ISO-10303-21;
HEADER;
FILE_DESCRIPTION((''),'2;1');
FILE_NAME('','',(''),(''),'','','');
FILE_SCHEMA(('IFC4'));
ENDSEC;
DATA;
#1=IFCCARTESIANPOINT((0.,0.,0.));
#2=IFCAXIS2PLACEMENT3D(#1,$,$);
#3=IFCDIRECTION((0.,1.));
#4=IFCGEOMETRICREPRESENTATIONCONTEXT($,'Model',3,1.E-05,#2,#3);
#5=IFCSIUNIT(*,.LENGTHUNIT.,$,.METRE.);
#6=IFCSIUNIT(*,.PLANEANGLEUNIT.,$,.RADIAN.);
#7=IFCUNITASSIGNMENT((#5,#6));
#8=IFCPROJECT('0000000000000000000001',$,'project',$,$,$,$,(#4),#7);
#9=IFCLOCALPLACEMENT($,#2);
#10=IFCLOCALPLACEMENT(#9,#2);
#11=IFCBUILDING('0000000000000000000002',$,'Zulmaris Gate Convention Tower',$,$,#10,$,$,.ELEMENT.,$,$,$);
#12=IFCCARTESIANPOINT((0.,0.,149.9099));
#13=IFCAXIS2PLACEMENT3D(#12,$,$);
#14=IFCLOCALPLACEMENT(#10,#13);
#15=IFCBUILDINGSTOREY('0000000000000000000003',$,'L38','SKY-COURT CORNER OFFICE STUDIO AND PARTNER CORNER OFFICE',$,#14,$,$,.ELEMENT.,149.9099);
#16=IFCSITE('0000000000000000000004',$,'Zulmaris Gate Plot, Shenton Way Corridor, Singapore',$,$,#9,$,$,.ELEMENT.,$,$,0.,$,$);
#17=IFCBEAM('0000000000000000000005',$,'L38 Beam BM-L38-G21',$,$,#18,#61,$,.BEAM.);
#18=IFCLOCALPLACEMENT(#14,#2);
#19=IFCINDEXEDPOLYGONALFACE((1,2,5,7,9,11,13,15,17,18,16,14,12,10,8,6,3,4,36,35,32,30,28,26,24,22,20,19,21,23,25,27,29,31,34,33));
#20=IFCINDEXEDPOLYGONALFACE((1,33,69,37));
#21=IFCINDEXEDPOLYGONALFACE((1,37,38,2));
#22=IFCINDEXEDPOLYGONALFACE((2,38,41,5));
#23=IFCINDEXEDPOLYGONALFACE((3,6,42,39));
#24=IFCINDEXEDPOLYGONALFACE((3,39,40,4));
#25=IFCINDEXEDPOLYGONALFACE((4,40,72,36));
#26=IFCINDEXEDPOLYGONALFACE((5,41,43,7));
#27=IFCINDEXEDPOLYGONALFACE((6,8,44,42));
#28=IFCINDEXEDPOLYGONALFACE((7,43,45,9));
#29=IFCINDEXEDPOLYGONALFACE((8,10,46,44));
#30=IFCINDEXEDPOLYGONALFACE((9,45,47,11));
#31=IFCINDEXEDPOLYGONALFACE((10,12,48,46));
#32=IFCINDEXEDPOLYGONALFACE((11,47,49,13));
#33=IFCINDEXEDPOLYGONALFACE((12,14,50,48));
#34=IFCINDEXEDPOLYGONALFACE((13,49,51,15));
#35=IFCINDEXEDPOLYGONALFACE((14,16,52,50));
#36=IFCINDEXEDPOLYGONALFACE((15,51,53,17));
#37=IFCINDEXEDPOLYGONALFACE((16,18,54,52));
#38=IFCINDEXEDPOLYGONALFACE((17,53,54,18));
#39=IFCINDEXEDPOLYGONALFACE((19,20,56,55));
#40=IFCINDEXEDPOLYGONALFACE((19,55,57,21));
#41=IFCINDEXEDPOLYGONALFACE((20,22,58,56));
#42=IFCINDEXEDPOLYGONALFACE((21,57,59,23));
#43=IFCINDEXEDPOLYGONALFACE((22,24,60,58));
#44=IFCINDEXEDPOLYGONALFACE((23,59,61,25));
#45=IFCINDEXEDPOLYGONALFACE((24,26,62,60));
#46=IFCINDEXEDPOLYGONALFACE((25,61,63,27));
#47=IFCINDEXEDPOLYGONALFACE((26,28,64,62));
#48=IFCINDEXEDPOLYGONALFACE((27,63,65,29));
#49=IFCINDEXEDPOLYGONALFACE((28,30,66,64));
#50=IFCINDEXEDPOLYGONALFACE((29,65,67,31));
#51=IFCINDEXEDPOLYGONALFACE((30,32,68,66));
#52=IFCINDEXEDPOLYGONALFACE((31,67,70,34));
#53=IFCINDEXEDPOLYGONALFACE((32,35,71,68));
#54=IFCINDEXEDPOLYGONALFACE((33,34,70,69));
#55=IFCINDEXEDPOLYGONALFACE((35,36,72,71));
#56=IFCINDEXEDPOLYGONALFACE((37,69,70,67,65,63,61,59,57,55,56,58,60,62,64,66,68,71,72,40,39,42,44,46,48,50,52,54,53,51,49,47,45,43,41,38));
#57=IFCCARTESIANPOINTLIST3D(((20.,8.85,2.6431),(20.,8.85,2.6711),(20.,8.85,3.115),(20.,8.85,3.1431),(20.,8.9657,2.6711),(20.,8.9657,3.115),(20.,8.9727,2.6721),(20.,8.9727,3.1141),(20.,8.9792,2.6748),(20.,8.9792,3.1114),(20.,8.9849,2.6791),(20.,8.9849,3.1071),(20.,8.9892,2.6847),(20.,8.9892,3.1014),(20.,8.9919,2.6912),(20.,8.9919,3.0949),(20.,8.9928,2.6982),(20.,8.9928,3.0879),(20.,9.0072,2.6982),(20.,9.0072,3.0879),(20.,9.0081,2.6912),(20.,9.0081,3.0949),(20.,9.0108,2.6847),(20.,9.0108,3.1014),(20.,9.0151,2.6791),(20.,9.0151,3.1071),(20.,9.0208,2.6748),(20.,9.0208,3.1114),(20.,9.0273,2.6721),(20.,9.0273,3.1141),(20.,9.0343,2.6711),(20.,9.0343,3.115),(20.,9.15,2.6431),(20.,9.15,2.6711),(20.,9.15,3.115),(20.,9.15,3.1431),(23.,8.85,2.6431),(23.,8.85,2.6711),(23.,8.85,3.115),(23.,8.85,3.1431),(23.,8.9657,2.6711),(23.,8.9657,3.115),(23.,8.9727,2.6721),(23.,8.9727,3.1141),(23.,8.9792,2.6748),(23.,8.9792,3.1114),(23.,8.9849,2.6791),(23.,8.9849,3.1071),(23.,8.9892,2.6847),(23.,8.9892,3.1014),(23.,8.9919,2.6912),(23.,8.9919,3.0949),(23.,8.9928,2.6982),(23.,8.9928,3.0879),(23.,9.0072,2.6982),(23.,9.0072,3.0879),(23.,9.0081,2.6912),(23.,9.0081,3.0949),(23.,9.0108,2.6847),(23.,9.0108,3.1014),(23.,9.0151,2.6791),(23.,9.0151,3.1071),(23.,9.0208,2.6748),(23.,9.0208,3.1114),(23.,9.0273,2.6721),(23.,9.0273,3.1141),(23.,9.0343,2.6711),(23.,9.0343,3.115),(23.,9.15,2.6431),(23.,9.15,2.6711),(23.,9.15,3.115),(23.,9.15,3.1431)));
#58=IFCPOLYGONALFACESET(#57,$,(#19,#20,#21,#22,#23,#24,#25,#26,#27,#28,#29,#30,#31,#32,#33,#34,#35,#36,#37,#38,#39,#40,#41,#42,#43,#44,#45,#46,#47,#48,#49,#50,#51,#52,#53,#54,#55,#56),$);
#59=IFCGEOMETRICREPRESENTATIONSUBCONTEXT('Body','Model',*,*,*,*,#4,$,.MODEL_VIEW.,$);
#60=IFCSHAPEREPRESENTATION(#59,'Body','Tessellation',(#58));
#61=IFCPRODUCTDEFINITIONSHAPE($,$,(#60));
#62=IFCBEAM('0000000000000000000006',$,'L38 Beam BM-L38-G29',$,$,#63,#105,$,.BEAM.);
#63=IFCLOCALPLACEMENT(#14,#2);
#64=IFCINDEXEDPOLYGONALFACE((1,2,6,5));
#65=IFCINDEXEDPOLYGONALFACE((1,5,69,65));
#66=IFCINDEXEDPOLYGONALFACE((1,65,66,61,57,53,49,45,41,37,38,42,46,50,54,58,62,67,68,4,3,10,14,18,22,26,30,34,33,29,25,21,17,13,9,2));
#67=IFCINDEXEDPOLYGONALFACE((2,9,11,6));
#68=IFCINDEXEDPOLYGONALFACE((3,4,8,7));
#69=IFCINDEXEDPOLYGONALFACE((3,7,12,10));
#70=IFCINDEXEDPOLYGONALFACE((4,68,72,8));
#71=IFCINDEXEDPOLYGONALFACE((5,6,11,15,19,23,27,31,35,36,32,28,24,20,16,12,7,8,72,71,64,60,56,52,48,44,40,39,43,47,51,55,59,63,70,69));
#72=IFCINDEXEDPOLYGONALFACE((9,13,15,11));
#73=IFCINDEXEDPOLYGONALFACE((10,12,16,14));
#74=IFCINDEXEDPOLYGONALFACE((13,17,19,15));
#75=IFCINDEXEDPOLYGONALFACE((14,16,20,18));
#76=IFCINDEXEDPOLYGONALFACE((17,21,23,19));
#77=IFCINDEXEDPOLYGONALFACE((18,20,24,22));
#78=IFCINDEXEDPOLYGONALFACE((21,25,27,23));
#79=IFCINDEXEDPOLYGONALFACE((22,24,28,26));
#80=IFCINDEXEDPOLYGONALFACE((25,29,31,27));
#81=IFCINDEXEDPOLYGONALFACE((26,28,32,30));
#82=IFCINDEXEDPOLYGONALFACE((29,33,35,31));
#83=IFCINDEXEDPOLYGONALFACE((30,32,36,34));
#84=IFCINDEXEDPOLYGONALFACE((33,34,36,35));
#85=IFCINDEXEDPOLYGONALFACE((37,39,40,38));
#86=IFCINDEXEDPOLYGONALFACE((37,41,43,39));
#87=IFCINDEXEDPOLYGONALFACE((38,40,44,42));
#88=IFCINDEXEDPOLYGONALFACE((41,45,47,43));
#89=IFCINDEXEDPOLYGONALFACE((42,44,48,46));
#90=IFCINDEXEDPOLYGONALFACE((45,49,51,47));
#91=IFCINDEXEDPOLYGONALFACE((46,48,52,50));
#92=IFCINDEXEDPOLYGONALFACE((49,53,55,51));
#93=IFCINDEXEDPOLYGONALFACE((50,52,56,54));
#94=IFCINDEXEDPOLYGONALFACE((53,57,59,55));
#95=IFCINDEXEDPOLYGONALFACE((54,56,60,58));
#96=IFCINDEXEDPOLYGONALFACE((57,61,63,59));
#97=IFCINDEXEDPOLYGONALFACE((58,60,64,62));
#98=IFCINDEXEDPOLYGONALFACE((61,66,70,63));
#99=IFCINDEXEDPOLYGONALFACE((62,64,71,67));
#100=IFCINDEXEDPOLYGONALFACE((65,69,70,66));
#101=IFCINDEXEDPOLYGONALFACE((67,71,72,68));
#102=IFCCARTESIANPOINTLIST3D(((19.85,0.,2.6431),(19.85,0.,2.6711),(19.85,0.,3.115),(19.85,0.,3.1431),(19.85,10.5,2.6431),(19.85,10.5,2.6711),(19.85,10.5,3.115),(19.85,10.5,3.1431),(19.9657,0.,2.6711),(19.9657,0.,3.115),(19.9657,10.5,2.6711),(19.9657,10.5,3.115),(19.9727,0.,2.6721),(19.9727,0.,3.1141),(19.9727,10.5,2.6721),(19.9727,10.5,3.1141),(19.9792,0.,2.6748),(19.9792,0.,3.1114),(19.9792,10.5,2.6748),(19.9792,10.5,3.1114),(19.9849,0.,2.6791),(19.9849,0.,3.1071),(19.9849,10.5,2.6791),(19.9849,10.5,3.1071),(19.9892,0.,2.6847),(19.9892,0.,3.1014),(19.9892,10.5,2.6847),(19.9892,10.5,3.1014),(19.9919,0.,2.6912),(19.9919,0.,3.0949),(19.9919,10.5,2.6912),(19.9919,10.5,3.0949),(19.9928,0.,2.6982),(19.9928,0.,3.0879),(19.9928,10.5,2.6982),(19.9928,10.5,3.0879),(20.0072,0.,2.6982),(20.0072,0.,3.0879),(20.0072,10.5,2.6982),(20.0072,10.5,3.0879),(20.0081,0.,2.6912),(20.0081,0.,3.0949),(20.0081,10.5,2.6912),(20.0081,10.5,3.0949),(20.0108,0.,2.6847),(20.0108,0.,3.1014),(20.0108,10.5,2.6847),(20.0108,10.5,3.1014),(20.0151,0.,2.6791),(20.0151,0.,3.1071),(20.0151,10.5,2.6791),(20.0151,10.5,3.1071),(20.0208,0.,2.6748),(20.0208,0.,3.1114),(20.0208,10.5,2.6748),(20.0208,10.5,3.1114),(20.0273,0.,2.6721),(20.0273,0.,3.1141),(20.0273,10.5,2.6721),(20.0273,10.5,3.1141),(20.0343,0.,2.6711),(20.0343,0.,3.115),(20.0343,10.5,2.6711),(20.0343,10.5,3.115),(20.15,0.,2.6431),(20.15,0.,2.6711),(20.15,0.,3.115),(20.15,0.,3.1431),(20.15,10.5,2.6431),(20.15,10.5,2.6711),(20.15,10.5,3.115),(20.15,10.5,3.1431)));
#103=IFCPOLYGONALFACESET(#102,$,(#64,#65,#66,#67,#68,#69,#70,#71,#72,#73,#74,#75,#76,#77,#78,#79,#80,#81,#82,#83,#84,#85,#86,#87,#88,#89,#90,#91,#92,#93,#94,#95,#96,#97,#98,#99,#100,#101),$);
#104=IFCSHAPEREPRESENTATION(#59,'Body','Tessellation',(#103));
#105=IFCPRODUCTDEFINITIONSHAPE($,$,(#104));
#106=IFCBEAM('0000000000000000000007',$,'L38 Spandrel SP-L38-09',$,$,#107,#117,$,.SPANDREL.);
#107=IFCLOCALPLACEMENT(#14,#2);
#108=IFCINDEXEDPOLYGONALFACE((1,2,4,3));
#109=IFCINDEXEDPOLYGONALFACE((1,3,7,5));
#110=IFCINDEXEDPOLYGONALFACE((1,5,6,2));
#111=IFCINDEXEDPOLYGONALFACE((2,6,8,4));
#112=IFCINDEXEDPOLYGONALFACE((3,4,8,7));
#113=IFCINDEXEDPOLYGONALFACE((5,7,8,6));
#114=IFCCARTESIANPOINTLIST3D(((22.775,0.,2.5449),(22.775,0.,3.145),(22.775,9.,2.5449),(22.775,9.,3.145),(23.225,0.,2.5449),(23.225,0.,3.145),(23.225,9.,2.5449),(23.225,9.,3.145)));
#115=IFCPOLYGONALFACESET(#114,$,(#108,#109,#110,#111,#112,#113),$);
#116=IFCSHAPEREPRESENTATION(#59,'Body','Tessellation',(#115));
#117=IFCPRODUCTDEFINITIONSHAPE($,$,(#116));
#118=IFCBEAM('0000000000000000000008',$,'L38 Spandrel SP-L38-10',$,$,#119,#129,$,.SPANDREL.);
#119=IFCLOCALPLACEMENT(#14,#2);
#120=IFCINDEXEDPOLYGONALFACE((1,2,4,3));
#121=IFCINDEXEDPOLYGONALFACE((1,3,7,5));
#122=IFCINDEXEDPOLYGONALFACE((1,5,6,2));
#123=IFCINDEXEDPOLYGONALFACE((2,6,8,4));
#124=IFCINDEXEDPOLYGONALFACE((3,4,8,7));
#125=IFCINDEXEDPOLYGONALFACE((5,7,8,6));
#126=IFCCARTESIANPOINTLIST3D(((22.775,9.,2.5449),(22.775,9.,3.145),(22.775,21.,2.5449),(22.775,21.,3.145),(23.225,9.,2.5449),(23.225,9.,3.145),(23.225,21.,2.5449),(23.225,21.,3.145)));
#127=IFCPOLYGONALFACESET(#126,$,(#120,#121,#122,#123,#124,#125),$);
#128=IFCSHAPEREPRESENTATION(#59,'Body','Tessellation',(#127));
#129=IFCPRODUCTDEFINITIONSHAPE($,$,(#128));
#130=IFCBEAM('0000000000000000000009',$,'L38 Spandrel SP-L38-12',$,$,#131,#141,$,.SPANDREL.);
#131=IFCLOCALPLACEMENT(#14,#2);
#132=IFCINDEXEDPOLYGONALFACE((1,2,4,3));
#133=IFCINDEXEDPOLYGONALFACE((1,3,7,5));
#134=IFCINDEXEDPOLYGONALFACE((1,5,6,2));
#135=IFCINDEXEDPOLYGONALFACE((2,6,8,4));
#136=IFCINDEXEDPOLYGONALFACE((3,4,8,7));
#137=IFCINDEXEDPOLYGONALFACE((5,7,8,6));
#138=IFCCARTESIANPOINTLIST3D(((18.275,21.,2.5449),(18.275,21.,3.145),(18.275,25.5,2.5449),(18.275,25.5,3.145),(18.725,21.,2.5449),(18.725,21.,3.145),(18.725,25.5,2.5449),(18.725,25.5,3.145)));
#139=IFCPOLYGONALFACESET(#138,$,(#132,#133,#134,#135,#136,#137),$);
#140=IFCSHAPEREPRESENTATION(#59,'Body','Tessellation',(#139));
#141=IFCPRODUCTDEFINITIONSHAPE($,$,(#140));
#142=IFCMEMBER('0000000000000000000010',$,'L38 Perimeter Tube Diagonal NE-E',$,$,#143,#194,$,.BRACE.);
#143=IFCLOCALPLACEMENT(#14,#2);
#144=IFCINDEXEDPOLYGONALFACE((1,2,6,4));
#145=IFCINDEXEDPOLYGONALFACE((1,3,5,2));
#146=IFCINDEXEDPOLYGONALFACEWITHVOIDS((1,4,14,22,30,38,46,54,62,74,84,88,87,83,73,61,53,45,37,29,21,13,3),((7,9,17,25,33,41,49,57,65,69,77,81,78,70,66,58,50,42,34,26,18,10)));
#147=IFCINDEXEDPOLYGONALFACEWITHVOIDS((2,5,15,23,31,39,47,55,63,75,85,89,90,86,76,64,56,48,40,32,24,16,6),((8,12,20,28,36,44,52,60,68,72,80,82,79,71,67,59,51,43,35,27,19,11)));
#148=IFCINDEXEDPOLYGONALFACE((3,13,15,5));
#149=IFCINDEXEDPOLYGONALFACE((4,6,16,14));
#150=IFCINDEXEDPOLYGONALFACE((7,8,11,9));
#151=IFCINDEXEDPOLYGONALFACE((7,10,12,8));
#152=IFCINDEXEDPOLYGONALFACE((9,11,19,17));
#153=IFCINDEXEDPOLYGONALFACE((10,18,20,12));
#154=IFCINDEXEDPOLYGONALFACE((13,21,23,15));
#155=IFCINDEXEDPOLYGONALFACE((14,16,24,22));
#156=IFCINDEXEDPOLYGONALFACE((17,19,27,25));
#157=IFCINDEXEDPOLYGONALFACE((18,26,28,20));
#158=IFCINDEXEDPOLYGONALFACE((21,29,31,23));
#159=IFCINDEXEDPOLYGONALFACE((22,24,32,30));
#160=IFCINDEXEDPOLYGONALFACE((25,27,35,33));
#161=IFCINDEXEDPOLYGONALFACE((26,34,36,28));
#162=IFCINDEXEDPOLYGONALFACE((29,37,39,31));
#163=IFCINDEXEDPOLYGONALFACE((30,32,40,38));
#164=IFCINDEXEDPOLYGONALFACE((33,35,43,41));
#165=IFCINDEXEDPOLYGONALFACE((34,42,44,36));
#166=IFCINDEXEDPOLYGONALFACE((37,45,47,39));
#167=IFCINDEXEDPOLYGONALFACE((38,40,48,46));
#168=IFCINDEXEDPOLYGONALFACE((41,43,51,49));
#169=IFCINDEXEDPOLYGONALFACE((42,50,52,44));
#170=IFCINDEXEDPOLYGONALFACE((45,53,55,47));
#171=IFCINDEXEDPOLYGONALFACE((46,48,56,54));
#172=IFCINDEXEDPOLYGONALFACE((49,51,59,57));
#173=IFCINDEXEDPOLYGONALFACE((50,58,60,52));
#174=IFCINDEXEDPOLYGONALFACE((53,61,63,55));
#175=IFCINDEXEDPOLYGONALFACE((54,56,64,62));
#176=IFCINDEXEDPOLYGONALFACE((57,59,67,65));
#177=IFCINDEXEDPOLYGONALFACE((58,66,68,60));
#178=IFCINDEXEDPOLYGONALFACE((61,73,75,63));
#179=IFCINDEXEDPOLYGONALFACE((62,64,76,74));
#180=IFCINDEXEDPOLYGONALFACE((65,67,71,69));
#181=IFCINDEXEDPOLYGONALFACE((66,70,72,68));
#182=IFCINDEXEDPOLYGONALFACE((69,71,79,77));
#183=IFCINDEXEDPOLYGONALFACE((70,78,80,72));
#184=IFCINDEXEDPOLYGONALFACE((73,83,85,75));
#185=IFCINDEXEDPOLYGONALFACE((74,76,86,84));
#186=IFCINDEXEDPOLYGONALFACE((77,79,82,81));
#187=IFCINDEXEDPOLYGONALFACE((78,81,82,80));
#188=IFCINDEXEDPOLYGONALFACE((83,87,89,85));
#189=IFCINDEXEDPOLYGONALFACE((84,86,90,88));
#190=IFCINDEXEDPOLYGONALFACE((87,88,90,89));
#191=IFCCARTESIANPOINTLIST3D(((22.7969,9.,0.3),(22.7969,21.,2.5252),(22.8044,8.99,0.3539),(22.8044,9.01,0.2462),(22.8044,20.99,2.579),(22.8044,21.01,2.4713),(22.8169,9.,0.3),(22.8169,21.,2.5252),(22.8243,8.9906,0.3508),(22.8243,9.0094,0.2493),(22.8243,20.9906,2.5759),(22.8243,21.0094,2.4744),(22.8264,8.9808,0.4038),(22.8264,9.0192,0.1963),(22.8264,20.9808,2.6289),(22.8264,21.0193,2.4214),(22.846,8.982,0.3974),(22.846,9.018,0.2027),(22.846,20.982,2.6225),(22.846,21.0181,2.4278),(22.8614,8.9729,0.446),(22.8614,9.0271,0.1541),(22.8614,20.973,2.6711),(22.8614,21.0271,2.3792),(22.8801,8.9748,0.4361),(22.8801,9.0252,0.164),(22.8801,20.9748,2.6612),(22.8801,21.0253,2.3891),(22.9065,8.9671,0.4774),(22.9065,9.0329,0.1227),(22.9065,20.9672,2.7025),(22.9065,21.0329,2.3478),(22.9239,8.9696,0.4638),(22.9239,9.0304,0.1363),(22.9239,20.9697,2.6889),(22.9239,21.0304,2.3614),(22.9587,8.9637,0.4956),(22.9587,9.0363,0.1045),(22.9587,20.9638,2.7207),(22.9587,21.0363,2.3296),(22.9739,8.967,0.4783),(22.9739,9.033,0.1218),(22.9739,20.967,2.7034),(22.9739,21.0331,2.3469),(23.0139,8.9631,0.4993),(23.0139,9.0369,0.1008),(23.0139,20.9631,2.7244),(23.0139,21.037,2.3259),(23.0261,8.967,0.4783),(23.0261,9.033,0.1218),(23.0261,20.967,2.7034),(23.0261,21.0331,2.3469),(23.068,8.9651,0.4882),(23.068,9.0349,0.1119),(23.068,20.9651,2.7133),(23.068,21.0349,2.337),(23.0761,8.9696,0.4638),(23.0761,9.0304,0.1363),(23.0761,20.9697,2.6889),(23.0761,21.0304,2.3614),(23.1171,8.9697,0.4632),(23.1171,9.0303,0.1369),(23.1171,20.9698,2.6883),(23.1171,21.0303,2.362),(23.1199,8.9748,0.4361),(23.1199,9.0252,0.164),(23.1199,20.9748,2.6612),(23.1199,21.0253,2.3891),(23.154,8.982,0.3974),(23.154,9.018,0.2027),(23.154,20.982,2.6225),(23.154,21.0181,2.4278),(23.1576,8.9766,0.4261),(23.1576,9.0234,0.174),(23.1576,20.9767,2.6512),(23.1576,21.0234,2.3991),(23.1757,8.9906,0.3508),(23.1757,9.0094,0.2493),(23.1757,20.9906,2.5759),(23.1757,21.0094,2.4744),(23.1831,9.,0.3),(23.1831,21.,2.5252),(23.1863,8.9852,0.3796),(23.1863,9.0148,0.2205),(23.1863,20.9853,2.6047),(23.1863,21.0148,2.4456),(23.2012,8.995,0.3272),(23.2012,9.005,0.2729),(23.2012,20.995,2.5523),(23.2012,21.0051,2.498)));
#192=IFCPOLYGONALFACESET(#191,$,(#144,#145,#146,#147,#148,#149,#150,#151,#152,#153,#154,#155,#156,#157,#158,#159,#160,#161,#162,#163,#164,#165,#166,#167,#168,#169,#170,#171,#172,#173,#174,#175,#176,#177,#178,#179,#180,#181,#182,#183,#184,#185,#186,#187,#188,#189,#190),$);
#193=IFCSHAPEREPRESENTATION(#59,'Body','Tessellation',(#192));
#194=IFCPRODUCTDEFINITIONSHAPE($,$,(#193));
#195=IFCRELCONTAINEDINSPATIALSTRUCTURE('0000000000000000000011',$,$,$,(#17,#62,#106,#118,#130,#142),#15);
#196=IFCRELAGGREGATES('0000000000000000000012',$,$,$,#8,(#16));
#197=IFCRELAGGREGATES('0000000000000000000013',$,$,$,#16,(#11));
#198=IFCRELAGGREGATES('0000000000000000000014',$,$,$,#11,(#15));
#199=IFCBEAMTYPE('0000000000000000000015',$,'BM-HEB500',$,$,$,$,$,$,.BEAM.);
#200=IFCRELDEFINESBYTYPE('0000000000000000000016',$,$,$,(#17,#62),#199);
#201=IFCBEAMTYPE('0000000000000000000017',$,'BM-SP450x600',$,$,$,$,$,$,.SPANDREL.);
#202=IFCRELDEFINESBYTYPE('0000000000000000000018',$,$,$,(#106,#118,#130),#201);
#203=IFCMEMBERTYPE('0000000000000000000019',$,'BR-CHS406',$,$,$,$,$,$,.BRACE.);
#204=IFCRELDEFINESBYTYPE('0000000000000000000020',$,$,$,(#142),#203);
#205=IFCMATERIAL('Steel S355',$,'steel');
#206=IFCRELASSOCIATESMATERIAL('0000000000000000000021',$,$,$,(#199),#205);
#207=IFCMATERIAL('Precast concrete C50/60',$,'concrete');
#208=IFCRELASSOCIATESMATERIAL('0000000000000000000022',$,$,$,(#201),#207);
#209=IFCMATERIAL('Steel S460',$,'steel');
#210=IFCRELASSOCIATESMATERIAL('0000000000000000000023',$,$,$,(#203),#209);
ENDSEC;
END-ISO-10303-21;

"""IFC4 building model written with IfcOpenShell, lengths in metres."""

from ifc_helpers import new_model, si_unit, direction, frame, origin, origin_2d, place, context, subcontext, project, spatial, rectangle, hollow_circle, i_section, extrude, material, material_profile, profile_set, type_object, element, save


model = new_model("IFC4")

# Units and contexts
model_context = context("Model", 3, precision=1e-05, world=origin(), true_north=direction((0.0, 1.0)))
body_context = subcontext(model_context, "Body", "Model", "MODEL_VIEW")
ifc_project = project(units=[si_unit("LENGTHUNIT", "METRE"), si_unit("PLANEANGLEUNIT", "RADIAN")], contexts=[model_context])

# Site, building, storey
site_placement = place(None, origin())
site = spatial("IfcSite", under=ifc_project, at=site_placement, Name="Zulmaris Gate Plot, Shenton Way Corridor, Singapore", CompositionType="ELEMENT", RefElevation=0.0)
building_placement = place(site_placement, origin())
building = spatial("IfcBuilding", under=site, at=building_placement, Name="Zulmaris Gate Convention Tower", CompositionType="ELEMENT")
storey_placement = place(building_placement, frame((0.0, 0.0, 149.9099)))
storey = spatial("IfcBuildingStorey", under=building, at=storey_placement, Name="L38", Description="SKY-COURT CORNER OFFICE STUDIO AND PARTNER CORNER OFFICE", CompositionType="ELEMENT", Elevation=149.9099)

# Beams
ifc_material_1 = material(Name="Steel S355", Category="steel")
ifc_material_profile_1 = material_profile(ifc_material_1, i_section(OverallWidth=0.3, OverallDepth=0.5, WebThickness=0.0144, FlangeThickness=0.0281, FilletRadius=0.0271, at=origin_2d()), Name="HEB 500")
ifc_profile_set_1 = profile_set([ifc_material_profile_1], Name="Steel S355")
beam_type_1 = type_object("IfcBeamType", Name="BM-HEB500", PredefinedType="BEAM", material=ifc_profile_set_1)
for number, where, z_axis, x_axis, name in (
    (1, (20.0, 9.0, 2.8931), (1.0, 0.0, 0.0), (0.0, 1.0, 0.0), "L38 Beam BM-L38-G21"),
):
    element("IfcBeam", number, at=place(storey_placement, frame(where, z_axis=z_axis, x_axis=x_axis)), inside=storey, type_object=beam_type_1, Name=name, PredefinedType="BEAM", context=body_context, shape_type="SweptSolid", body=[
        extrude(i_section(OverallWidth=0.3, OverallDepth=0.5, WebThickness=0.0144, FlangeThickness=0.0281, FilletRadius=0.0271, at=origin_2d()), origin(), (0.0, 0.0, 1.0), 3.0),
    ])
beam_1_placement = place(storey_placement, frame((20.0, 0.0, 2.8931), z_axis=(0.0, 1.0, 0.0), x_axis=(-1.0, 0.0, 0.0)))
element("IfcBeam", 2, at=beam_1_placement, inside=storey, type_object=beam_type_1, Name="L38 Beam BM-L38-G29", PredefinedType="BEAM", context=body_context, shape_type="SweptSolid", body=[
    extrude(i_section(OverallWidth=0.3, OverallDepth=0.5, WebThickness=0.0144, FlangeThickness=0.0281, FilletRadius=0.0271, at=origin_2d()), origin(), (0.0, 0.0, 1.0), 10.5),
])
ifc_material_2 = material(Name="Precast concrete C50/60", Category="concrete")
ifc_material_profile_2 = material_profile(ifc_material_2, rectangle(XDim=0.45, YDim=0.6001, at=origin_2d()), Name="RC SPANDREL 450x600")
ifc_profile_set_2 = profile_set([ifc_material_profile_2], Name="Precast concrete C50/60")
beam_type_2 = type_object("IfcBeamType", Name="BM-SP450x600", PredefinedType="SPANDREL", material=ifc_profile_set_2)
beam_2_placement = place(storey_placement, frame((23.0, 0.0, 2.845), z_axis=(0.0, 1.0, 0.0), x_axis=(-1.0, 0.0, 0.0)))
element("IfcBeam", 3, at=beam_2_placement, inside=storey, type_object=beam_type_2, Name="L38 Spandrel SP-L38-09", PredefinedType="SPANDREL", context=body_context, shape_type="SweptSolid", body=[
    extrude(rectangle(XDim=0.45, YDim=0.6001, at=origin_2d()), origin(), (0.0, 0.0, 1.0), 9.0),
])
beam_3_placement = place(storey_placement, frame((23.0, 9.0, 2.845), z_axis=(0.0, 1.0, 0.0), x_axis=(-1.0, 0.0, 0.0)))
element("IfcBeam", 4, at=beam_3_placement, inside=storey, type_object=beam_type_2, Name="L38 Spandrel SP-L38-10", PredefinedType="SPANDREL", context=body_context, shape_type="SweptSolid", body=[
    extrude(rectangle(XDim=0.45, YDim=0.6001, at=origin_2d()), origin(), (0.0, 0.0, 1.0), 12.0),
])
beam_4_placement = place(storey_placement, frame((18.5, 21.0, 2.845), z_axis=(0.0, 1.0, 0.0), x_axis=(-1.0, 0.0, 0.0)))
element("IfcBeam", 5, at=beam_4_placement, inside=storey, type_object=beam_type_2, Name="L38 Spandrel SP-L38-12", PredefinedType="SPANDREL", context=body_context, shape_type="SweptSolid", body=[
    extrude(rectangle(XDim=0.45, YDim=0.6001, at=origin_2d()), origin(), (0.0, 0.0, 1.0), 4.5),
])

# Member
ifc_material_3 = material(Name="Steel S460", Category="steel")
ifc_material_profile_3 = material_profile(ifc_material_3, hollow_circle(Radius=0.2031, WallThickness=0.02, at=origin_2d()), Name="CHS 406.4x20")
ifc_profile_set_3 = profile_set([ifc_material_profile_3], Name="Steel S460")
member_type = type_object("IfcMemberType", Name="BR-CHS406", PredefinedType="BRACE", material=ifc_profile_set_3)
member_placement = place(storey_placement, frame((23.0, 9.0, 0.3), z_axis=(0.0, 0.98324, 0.182317), x_axis=(-1.0, 0.0, 0.0)))
element("IfcMember", 6, at=member_placement, inside=storey, type_object=member_type, Name="L38 Perimeter Tube Diagonal NE-E", PredefinedType="BRACE", context=body_context, shape_type="SweptSolid", body=[
    extrude(hollow_circle(Radius=0.2031, WallThickness=0.02, at=origin_2d()), origin(), (0.0, 0.0, 1.0), 12.2046),
])

save(model, "model.ifc")
